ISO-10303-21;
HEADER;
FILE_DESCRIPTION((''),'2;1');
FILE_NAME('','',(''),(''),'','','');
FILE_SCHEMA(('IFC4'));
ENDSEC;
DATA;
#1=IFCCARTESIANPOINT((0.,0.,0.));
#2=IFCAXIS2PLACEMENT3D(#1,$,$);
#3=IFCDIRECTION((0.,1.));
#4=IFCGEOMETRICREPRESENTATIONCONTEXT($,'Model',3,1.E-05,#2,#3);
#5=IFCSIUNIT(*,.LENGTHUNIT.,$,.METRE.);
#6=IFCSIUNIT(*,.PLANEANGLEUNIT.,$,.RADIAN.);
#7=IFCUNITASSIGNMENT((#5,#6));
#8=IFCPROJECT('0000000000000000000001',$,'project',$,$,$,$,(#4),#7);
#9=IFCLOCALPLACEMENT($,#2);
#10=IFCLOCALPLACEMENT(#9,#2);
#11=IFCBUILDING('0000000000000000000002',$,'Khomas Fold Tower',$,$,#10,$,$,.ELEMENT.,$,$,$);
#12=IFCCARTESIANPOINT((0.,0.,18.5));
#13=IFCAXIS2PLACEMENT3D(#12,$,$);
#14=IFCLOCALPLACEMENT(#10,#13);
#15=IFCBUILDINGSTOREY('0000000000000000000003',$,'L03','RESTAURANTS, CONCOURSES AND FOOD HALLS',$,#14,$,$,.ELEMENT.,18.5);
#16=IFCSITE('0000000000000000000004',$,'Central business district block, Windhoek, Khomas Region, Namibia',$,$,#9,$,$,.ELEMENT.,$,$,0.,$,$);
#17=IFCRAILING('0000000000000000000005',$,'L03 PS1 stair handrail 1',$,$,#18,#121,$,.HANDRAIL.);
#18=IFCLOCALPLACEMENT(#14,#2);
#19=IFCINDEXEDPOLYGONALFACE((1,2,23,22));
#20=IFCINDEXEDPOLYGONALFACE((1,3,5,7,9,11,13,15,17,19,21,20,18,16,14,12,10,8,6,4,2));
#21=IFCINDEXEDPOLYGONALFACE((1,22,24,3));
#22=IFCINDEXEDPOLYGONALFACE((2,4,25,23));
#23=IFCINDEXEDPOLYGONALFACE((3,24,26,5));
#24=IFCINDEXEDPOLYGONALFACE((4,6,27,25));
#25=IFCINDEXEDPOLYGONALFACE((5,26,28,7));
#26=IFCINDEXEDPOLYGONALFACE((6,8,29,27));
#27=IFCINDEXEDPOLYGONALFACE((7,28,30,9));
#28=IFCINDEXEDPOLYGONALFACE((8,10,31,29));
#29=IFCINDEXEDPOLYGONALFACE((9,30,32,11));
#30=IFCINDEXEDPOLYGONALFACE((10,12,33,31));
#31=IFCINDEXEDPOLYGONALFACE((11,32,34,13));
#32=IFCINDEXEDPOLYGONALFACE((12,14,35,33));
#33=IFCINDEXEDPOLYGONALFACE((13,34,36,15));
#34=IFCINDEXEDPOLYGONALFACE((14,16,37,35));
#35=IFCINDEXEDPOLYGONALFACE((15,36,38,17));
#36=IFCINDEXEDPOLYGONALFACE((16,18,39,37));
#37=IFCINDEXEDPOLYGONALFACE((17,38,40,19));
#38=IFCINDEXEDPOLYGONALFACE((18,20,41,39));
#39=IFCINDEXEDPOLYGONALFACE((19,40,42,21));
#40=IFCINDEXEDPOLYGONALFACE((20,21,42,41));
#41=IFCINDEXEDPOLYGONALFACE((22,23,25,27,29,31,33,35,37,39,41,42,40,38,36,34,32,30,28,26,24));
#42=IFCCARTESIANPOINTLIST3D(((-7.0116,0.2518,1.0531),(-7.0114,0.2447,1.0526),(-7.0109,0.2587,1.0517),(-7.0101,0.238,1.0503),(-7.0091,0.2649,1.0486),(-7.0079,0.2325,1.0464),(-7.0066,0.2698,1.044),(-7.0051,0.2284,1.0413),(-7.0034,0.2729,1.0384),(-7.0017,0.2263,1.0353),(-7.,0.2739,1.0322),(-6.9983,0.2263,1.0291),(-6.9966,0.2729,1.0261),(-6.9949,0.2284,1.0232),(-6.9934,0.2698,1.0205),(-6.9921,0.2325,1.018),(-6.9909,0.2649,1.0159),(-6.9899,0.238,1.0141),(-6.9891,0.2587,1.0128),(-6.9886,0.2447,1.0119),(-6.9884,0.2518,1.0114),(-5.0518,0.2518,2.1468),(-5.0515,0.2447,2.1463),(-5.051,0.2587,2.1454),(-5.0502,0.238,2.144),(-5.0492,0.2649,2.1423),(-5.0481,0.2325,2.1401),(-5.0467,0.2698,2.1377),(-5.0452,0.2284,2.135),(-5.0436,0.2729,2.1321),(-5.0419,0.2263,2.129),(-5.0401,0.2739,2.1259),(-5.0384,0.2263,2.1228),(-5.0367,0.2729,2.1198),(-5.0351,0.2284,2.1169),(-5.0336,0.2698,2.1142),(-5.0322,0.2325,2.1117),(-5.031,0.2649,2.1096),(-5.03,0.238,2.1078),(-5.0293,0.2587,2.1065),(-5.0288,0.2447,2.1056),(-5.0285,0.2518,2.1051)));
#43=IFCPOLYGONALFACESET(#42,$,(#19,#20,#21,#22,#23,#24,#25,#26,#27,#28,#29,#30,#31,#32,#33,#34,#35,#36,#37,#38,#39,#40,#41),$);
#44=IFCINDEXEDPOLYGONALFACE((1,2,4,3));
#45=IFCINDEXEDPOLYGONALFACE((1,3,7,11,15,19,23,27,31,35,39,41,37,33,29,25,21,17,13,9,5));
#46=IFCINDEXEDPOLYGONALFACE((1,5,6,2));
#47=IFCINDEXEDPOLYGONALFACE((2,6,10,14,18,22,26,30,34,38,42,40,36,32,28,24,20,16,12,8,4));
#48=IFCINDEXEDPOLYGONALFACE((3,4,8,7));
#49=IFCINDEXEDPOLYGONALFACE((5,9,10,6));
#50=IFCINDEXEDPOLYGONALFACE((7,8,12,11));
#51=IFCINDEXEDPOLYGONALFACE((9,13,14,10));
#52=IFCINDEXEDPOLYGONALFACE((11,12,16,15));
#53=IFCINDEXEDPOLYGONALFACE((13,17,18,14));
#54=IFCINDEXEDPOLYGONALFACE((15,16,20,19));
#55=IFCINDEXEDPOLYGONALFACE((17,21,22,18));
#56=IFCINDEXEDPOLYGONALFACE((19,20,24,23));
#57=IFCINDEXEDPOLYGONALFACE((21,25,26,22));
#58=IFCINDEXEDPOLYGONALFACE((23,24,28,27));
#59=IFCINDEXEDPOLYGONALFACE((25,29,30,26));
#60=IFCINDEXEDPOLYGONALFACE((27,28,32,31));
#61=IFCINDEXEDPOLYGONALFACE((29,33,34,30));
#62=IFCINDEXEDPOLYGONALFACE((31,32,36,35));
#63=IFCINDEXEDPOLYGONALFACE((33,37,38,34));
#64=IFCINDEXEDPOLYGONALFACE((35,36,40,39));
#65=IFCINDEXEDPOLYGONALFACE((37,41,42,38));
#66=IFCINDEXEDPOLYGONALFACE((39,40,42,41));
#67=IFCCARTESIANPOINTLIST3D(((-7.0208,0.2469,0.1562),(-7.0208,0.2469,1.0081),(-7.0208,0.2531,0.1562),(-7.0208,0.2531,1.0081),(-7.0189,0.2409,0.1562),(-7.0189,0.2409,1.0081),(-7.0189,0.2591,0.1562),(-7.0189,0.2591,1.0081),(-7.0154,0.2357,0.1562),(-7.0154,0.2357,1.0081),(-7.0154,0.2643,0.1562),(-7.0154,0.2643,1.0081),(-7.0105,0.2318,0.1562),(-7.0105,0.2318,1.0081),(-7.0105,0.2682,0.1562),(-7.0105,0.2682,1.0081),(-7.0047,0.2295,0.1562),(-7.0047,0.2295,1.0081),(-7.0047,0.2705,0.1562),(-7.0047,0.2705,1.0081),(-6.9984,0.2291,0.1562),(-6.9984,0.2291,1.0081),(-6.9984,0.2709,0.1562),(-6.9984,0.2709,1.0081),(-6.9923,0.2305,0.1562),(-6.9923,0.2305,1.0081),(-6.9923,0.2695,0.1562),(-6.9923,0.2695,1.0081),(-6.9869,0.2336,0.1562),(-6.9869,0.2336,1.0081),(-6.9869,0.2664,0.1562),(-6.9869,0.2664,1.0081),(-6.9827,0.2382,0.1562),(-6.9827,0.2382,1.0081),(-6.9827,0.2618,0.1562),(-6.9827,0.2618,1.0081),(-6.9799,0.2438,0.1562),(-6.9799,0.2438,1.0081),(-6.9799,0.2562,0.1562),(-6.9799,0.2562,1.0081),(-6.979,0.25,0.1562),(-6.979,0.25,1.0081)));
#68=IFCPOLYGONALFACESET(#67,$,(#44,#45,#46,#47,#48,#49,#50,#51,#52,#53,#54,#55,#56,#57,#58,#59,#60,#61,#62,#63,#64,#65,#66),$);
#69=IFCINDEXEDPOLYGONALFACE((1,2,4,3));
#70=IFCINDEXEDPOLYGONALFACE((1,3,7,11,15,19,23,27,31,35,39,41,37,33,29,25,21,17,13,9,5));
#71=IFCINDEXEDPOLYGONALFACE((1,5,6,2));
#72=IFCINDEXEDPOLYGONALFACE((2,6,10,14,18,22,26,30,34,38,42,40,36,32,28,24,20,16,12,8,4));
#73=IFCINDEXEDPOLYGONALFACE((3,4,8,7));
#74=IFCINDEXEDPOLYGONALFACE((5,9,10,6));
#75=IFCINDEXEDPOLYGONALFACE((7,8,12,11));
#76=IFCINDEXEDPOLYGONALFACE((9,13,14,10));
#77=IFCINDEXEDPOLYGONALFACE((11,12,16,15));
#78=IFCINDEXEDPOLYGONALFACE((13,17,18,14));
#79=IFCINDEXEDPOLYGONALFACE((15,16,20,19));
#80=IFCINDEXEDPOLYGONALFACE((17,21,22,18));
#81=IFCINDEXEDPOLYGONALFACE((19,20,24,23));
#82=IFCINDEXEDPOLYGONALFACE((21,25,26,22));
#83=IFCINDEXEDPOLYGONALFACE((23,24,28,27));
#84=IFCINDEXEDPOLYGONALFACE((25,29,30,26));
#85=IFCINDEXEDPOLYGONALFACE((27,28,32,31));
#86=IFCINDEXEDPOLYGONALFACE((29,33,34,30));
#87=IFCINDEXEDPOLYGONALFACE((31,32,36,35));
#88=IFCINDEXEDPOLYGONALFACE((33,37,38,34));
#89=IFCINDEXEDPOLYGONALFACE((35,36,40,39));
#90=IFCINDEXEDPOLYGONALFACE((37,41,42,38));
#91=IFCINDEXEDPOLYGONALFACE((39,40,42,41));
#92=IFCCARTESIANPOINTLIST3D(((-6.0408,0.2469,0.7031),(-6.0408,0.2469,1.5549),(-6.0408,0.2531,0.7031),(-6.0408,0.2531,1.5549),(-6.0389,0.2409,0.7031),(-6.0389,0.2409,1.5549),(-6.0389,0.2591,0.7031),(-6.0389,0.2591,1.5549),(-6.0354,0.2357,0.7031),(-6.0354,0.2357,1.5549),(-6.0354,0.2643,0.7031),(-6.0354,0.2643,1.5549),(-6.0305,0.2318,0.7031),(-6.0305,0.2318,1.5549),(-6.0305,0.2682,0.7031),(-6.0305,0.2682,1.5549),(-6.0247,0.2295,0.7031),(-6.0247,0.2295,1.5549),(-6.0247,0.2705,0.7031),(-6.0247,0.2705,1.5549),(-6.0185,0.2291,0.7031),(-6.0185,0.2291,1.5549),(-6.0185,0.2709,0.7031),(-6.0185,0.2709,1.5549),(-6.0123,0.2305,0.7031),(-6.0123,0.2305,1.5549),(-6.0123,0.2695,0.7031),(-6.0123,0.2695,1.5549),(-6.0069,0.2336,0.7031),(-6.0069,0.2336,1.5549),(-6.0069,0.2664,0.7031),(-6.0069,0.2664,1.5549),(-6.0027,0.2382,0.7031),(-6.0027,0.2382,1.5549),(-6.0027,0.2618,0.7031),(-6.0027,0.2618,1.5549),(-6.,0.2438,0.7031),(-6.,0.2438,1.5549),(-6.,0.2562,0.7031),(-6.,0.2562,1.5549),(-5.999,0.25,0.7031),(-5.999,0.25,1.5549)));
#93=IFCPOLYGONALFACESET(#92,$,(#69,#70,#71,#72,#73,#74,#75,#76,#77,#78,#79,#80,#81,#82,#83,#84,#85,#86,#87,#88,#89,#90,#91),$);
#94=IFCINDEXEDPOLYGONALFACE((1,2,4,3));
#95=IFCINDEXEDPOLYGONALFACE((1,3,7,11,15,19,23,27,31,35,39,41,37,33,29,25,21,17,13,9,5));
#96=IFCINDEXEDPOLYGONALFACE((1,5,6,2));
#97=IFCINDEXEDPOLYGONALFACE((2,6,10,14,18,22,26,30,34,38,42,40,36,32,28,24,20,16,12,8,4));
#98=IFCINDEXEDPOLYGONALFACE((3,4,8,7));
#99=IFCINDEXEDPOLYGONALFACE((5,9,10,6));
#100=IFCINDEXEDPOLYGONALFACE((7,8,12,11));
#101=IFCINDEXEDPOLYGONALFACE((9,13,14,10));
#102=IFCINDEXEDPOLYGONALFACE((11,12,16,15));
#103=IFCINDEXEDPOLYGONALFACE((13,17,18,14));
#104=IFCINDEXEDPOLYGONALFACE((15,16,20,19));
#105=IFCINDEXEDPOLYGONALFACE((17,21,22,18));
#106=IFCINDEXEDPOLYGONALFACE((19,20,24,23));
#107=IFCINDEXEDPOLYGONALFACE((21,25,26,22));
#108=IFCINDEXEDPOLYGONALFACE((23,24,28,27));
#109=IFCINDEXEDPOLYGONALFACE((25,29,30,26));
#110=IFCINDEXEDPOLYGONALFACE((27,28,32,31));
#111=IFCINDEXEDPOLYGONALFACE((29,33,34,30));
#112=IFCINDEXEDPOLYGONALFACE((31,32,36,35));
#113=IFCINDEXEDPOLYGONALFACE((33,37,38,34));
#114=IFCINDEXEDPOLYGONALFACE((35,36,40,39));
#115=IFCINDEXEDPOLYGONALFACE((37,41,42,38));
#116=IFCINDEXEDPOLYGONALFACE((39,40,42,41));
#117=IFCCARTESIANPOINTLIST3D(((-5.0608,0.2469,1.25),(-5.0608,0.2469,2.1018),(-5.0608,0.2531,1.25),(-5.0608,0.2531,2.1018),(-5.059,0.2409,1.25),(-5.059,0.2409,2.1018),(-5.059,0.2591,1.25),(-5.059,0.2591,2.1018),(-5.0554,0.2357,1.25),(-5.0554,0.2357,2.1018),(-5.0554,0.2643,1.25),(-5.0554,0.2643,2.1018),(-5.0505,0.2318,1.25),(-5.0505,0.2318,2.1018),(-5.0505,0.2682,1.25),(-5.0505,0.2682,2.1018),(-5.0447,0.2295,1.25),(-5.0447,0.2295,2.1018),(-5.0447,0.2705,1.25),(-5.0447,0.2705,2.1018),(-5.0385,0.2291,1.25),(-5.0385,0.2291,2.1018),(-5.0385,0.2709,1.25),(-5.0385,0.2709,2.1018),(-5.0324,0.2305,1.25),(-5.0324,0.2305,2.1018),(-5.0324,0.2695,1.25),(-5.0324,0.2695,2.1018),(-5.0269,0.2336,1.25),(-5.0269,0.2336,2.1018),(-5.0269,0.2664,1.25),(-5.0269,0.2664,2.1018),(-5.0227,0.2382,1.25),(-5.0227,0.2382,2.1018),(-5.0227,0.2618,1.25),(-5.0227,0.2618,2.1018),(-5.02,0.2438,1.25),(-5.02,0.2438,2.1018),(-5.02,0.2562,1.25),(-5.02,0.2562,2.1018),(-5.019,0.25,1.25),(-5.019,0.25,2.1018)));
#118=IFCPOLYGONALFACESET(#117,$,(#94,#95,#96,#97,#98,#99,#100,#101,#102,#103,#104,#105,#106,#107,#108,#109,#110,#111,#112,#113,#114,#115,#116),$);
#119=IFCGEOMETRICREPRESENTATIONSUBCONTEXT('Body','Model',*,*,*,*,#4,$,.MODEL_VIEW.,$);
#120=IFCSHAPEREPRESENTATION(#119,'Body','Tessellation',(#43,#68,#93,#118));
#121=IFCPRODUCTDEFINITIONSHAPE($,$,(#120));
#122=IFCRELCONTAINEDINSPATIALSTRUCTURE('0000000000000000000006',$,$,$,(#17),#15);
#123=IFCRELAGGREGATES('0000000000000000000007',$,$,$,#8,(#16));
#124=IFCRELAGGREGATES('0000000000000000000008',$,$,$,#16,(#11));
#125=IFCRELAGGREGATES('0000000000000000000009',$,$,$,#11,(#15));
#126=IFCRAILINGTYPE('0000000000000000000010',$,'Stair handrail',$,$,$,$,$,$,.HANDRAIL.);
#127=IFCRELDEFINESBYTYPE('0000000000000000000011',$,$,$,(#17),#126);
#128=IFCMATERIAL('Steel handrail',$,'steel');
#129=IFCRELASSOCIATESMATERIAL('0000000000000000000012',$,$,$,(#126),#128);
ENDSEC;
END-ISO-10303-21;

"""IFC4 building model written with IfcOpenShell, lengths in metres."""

from ifc_helpers import new_model, si_unit, direction, frame, origin, origin_2d, place, context, subcontext, project, spatial, circle, extrude, source, transform, mapped, material, type_object, element, save


model = new_model("IFC4")

# Units and contexts
model_context = context("Model", 3, precision=1e-05, world=origin(), true_north=direction((0.0, 1.0)))
body_context = subcontext(model_context, "Body", "Model", "MODEL_VIEW")
ifc_project = project(units=[si_unit("LENGTHUNIT", "METRE"), si_unit("PLANEANGLEUNIT", "RADIAN")], contexts=[model_context])

# Site, building, storey
site_placement = place(None, origin())
site = spatial("IfcSite", under=ifc_project, at=site_placement, Name="Central business district block, Windhoek, Khomas Region, Namibia", CompositionType="ELEMENT", RefElevation=0.0)
building_placement = place(site_placement, origin())
building = spatial("IfcBuilding", under=site, at=building_placement, Name="Khomas Fold Tower", CompositionType="ELEMENT")
storey_placement = place(building_placement, frame((0.0, 0.0, 18.5)))
storey = spatial("IfcBuildingStorey", under=building, at=storey_placement, Name="L03", Description="RESTAURANTS, CONCOURSES AND FOOD HALLS", CompositionType="ELEMENT", Elevation=18.5)

# Railing
ifc_material_1 = material(Name="Steel handrail", Category="steel")
railing_type_1 = type_object("IfcRailingType", Name="Stair handrail", PredefinedType="HANDRAIL", material=ifc_material_1)
shared_shape_1 = source(origin(), body_context, "Body", "SweptSolid", [
    extrude(circle(Radius=0.0239, at=origin_2d()), frame((0.0, 0.0, 0.876), z_axis=(0.873232, 0.0, 0.487304), x_axis=(0.0, 1.0, 0.0)), (0.0, 0.0, 1.0), 2.2444),
    extrude(circle(Radius=0.021, at=origin_2d()), origin(), (0.0, 0.0, 1.0), 0.8518),
    extrude(circle(Radius=0.021, at=origin_2d()), frame((0.98, 0.0, 0.5469)), (0.0, 0.0, 1.0), 0.8518),
    extrude(circle(Radius=0.021, at=origin_2d()), frame((1.96, 0.0, 1.0938)), (0.0, 0.0, 1.0), 0.8518),
])
for number, where, name in (
    (1, (-7.0, 0.25, 0.1562), "L03 PS1 stair handrail 1"),
):
    element("IfcRailing", number, at=place(storey_placement, frame(where)), inside=storey, type_object=railing_type_1, Name=name, PredefinedType="HANDRAIL", context=body_context, shape_type="MappedRepresentation", body=[
        mapped(shared_shape_1, transform((0.0, 0.0, 0.0))),
    ])

save(model, "model.ifc")
